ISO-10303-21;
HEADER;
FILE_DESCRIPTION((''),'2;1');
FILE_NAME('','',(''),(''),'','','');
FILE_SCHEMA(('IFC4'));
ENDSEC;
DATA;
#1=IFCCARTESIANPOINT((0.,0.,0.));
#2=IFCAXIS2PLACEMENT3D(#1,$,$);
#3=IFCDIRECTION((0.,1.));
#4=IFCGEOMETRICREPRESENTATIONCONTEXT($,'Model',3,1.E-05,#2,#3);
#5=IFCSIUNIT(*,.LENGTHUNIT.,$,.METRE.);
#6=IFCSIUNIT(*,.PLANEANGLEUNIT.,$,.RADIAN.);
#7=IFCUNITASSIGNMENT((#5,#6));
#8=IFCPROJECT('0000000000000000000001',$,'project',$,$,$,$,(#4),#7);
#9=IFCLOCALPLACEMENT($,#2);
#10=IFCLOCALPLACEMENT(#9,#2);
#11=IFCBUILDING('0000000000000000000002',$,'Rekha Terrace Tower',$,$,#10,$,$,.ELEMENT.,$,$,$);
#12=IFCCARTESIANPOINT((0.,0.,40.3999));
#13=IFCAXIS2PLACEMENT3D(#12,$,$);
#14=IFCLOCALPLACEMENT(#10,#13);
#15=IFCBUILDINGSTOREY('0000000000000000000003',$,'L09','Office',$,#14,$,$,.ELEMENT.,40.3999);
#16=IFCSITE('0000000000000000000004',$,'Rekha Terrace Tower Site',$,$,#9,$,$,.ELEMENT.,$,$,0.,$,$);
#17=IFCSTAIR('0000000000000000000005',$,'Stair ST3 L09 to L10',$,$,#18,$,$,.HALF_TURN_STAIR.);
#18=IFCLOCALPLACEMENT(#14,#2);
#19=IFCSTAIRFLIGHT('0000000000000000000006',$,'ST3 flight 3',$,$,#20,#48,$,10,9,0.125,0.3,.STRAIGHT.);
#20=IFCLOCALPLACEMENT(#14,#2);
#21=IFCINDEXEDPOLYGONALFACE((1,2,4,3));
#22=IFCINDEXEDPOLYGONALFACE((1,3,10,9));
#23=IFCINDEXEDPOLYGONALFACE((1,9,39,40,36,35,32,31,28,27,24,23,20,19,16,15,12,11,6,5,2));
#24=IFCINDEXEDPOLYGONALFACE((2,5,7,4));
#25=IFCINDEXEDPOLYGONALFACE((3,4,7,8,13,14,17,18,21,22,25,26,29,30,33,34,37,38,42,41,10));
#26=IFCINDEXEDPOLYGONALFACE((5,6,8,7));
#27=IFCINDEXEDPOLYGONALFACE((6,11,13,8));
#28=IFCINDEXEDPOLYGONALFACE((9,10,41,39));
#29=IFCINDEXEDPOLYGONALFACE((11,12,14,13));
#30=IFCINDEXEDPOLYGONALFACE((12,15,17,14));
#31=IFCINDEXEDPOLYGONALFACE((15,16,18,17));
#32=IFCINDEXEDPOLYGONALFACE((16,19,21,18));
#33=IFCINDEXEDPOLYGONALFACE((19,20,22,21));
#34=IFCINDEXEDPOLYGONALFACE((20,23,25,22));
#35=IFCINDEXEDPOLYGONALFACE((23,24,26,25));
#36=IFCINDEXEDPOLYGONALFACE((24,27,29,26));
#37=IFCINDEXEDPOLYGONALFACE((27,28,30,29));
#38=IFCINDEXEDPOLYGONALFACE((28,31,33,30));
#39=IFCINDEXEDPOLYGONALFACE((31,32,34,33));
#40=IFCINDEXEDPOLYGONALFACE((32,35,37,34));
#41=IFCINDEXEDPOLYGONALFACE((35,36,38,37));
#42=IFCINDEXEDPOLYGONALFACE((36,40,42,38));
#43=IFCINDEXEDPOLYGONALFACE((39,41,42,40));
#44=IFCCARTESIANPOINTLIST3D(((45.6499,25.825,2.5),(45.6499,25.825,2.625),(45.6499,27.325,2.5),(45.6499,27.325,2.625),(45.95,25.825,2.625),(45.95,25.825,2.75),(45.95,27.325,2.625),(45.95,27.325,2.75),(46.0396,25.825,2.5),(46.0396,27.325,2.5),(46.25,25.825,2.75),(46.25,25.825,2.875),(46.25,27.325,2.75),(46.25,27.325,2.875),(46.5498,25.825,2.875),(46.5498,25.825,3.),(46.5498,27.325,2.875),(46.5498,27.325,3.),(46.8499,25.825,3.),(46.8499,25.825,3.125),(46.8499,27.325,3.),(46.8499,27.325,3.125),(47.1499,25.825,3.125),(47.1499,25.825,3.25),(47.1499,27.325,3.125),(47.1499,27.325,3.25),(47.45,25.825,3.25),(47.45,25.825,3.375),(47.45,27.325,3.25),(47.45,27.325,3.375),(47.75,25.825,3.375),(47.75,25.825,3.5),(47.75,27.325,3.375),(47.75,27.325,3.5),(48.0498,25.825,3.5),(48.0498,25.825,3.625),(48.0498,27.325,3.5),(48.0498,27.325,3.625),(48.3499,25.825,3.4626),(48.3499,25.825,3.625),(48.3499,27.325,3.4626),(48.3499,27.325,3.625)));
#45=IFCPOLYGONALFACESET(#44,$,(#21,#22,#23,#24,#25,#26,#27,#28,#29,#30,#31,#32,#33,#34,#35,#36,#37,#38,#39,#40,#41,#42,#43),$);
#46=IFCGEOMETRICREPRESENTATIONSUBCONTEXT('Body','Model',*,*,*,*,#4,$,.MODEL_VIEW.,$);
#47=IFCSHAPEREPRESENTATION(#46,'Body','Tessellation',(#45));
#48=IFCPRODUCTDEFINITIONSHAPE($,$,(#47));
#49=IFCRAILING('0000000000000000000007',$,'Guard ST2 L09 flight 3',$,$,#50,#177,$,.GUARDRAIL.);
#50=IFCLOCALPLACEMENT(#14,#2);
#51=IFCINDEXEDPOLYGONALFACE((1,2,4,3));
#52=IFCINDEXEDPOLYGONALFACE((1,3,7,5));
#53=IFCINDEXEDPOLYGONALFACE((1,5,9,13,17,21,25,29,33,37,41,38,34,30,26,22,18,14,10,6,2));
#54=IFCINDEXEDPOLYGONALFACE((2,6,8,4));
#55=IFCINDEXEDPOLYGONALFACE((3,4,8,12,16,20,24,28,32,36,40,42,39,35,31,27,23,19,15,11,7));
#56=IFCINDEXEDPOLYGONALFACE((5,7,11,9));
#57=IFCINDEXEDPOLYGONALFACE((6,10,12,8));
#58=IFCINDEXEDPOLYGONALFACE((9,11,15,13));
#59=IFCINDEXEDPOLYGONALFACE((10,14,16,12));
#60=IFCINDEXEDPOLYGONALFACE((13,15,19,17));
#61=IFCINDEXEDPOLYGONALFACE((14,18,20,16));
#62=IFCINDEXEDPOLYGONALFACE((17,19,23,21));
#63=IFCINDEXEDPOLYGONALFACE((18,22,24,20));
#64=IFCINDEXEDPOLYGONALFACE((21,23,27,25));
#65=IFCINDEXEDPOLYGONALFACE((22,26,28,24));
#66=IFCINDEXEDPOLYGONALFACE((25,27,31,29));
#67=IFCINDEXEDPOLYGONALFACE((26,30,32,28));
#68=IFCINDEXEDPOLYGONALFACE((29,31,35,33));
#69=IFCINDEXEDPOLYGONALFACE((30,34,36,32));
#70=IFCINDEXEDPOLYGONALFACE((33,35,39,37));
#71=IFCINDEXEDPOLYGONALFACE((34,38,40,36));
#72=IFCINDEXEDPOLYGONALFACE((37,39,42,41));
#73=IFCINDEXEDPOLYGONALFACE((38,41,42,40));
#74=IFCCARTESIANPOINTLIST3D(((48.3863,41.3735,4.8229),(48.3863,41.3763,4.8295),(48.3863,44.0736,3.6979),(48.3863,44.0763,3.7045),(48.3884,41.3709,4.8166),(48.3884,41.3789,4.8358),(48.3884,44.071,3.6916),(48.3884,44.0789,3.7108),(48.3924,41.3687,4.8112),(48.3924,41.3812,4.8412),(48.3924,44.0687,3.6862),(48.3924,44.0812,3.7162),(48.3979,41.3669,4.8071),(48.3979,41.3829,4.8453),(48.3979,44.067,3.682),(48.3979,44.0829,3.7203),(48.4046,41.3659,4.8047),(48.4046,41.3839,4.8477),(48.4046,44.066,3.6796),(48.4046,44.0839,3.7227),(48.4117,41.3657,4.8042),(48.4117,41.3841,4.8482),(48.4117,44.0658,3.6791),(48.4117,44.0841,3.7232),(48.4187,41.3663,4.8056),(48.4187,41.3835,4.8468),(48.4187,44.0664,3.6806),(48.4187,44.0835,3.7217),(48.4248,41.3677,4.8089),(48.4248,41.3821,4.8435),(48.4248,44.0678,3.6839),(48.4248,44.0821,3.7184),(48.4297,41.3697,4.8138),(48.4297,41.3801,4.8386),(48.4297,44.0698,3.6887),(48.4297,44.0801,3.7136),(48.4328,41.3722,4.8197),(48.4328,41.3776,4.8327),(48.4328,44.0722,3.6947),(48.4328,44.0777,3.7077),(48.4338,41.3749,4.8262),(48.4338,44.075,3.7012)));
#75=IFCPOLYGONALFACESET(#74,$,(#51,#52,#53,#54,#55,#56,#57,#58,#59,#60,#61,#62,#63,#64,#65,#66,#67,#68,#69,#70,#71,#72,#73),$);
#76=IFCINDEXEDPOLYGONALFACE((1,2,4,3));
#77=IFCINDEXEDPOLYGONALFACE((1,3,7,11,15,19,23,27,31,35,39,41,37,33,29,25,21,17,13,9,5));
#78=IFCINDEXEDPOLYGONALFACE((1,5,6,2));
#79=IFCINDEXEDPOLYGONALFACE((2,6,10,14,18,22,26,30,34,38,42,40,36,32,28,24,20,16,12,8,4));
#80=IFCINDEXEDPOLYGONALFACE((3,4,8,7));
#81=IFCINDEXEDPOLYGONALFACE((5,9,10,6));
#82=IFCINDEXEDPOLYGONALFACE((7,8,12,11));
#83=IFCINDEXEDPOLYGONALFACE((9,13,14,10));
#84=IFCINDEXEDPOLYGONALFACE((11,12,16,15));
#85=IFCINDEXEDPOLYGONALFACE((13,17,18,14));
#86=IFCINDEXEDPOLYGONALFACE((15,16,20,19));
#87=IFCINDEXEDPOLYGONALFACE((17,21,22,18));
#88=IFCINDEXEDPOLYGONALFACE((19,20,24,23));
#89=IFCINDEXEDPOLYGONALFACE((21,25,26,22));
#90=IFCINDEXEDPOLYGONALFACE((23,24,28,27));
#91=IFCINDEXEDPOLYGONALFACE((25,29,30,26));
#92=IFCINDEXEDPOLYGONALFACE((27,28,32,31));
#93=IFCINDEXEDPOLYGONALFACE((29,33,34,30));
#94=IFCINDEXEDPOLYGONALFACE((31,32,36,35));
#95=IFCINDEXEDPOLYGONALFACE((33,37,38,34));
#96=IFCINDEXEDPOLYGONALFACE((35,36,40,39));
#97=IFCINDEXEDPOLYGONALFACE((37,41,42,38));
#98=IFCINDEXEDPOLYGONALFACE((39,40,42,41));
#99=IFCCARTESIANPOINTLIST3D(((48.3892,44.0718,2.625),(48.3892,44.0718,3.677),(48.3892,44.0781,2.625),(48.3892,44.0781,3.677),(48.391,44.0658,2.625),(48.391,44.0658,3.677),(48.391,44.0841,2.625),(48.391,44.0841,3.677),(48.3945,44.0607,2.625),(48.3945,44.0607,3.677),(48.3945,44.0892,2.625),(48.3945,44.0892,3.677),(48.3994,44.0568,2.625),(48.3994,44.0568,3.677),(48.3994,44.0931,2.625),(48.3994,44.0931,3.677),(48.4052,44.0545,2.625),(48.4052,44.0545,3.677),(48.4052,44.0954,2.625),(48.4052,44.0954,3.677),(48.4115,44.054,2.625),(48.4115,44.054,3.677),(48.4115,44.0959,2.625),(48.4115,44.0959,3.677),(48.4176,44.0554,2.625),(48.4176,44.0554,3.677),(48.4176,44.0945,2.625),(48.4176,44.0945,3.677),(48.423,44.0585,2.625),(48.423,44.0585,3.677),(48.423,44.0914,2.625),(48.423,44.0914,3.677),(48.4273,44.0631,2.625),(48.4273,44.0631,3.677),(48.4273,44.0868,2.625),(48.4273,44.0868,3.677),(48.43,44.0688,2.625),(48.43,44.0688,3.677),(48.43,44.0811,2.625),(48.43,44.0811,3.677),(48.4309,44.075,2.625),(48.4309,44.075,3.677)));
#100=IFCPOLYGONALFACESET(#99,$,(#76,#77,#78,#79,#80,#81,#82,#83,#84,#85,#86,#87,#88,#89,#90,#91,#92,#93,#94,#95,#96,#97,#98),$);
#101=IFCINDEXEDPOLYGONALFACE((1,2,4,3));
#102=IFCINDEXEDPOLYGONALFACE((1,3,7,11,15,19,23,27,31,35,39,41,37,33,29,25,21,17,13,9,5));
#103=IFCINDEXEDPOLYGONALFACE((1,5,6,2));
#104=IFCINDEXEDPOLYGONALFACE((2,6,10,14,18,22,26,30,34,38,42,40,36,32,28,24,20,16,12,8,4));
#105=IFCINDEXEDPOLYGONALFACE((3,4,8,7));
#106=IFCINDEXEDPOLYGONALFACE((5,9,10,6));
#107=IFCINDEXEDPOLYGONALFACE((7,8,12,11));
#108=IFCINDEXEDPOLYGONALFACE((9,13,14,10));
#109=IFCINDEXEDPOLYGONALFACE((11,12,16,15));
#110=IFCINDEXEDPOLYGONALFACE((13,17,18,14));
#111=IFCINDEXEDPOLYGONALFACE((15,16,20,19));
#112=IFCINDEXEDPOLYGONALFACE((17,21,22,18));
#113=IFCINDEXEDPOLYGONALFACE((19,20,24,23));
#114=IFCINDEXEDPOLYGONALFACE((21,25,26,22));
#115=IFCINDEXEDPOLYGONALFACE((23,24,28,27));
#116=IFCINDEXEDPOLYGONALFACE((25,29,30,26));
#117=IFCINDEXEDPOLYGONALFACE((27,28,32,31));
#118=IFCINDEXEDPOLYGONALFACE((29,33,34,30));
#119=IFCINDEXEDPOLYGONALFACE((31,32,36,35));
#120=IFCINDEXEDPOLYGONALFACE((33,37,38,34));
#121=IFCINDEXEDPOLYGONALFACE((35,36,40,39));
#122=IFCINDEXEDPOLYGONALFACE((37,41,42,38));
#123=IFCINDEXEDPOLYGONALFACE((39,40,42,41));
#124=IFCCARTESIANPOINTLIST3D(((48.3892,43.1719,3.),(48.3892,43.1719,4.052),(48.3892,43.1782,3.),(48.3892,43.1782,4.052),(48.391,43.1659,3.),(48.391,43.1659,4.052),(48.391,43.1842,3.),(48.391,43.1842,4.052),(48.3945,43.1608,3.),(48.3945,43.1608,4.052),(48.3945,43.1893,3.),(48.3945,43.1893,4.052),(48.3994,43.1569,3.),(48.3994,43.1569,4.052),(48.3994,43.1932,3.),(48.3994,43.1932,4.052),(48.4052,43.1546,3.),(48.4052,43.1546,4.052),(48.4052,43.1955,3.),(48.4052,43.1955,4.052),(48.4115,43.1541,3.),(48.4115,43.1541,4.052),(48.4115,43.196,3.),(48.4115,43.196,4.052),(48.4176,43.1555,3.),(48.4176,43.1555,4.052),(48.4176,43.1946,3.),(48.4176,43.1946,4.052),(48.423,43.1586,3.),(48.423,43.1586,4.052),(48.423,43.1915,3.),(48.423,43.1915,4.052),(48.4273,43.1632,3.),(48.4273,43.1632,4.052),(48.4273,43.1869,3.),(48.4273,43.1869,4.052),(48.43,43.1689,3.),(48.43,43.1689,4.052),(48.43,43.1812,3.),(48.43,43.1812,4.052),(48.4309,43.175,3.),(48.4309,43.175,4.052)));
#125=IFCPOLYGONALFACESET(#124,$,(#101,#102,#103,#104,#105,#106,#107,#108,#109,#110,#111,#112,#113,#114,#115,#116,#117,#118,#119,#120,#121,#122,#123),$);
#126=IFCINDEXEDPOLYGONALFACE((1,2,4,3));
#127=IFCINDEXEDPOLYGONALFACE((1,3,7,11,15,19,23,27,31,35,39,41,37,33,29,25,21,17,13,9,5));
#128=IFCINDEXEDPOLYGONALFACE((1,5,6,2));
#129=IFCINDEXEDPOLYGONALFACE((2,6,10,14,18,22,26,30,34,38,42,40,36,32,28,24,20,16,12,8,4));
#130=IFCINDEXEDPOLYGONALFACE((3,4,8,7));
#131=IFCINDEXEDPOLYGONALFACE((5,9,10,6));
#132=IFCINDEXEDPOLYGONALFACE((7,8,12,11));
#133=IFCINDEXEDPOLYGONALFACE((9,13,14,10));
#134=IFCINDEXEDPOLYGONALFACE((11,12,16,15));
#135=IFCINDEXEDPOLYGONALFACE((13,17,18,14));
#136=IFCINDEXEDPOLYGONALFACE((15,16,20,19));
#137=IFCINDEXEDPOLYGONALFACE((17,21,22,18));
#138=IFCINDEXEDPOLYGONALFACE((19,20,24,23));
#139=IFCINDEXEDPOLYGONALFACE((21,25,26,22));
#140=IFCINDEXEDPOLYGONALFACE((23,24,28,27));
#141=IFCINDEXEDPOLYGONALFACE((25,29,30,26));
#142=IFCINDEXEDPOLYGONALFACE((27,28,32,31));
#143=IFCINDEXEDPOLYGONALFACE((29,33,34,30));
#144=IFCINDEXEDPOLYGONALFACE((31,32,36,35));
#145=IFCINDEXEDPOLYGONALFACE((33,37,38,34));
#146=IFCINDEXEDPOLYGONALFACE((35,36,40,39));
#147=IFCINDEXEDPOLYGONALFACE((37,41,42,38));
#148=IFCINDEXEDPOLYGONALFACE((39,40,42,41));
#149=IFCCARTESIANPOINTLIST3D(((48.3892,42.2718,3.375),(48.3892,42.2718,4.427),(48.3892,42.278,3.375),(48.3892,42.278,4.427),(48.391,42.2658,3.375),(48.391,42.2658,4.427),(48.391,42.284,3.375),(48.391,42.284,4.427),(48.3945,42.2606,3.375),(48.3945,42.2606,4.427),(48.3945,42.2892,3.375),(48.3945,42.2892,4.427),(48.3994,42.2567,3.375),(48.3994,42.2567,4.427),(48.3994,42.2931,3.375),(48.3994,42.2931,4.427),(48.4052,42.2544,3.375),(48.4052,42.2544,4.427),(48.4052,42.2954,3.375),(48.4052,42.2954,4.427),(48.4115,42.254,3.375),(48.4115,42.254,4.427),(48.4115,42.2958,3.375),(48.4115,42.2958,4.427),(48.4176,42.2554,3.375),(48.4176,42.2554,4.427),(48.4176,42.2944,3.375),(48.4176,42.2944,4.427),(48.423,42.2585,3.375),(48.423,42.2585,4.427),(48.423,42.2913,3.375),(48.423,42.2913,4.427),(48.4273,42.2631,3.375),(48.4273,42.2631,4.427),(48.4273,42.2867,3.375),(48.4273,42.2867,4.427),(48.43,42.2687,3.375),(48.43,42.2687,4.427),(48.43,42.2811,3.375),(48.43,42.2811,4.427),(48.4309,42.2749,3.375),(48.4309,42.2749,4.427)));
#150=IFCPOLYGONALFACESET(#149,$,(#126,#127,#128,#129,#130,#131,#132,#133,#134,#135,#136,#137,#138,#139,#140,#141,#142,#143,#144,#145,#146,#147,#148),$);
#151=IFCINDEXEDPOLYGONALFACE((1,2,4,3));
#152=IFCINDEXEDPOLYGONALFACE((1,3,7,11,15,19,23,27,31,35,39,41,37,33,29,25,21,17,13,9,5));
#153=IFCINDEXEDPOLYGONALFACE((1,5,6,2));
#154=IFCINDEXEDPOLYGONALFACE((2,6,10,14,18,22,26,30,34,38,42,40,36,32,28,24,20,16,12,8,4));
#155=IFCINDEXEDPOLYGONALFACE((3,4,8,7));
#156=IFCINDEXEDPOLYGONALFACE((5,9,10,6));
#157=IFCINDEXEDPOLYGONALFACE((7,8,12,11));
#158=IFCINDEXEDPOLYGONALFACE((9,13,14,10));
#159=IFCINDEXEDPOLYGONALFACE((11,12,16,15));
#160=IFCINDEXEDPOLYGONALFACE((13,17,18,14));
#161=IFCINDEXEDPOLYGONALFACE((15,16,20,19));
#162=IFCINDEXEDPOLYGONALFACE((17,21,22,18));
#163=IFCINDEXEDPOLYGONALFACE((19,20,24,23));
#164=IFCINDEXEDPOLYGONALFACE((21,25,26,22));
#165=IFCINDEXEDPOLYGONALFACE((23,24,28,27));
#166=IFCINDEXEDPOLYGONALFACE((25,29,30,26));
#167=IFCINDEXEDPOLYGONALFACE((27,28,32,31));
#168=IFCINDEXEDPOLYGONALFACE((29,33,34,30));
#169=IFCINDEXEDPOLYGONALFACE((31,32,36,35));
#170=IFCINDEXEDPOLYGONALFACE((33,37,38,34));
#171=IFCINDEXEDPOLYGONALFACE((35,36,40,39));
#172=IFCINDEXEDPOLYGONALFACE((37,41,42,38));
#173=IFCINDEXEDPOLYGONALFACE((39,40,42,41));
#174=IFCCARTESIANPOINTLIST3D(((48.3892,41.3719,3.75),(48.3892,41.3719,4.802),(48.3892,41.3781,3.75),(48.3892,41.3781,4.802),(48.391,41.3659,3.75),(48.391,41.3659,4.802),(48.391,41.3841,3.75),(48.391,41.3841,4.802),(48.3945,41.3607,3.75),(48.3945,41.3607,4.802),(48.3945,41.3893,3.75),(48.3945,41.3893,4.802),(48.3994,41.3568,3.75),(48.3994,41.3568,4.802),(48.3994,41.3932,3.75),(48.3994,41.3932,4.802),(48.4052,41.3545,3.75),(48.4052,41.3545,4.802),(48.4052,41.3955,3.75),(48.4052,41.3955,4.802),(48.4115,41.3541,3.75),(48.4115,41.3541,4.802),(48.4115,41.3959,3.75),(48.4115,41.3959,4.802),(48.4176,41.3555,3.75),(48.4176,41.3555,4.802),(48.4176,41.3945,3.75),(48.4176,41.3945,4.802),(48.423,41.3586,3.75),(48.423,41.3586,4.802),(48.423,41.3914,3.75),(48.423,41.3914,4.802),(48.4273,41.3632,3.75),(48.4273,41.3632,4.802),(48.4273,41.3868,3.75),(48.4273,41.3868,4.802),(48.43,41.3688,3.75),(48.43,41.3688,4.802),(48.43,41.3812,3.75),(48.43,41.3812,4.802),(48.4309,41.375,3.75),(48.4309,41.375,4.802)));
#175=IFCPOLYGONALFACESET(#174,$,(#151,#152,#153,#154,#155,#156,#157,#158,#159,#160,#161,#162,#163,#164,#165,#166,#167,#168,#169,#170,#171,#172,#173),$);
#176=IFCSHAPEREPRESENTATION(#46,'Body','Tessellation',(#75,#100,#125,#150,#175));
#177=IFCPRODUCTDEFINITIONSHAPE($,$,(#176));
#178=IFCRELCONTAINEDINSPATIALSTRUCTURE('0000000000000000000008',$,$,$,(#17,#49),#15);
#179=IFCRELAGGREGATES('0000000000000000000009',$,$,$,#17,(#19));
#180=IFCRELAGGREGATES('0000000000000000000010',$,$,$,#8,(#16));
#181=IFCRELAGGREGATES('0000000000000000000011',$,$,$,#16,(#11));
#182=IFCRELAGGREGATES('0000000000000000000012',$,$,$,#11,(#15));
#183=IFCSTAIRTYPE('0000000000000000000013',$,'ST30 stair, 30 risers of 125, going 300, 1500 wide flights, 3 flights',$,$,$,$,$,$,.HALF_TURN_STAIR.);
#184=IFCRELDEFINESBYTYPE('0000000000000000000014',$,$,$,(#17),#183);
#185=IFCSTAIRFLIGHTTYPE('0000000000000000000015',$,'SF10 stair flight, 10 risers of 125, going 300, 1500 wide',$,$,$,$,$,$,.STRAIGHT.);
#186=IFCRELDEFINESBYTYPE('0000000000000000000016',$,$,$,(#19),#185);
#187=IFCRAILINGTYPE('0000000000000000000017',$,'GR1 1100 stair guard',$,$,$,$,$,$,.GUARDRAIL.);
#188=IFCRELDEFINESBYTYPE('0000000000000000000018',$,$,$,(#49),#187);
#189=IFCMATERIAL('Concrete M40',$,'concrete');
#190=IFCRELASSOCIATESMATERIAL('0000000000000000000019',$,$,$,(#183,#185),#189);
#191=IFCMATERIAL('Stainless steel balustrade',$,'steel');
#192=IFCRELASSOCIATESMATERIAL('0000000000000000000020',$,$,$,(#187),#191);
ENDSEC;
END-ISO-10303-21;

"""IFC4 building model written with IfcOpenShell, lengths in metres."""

from ifc_helpers import new_model, si_unit, direction, frame, origin, origin_2d, place, context, subcontext, project, spatial, polyline, circle, outline, extrude, material, type_object, element, aggregate, save


model = new_model("IFC4")

# Units and contexts
model_context = context("Model", 3, precision=1e-05, world=origin(), true_north=direction((0.0, 1.0)))
body_context = subcontext(model_context, "Body", "Model", "MODEL_VIEW")
ifc_project = project(units=[si_unit("LENGTHUNIT", "METRE"), si_unit("PLANEANGLEUNIT", "RADIAN")], contexts=[model_context])

# Site, building, storey
site_placement = place(None, origin())
site = spatial("IfcSite", under=ifc_project, at=site_placement, Name="Rekha Terrace Tower Site", CompositionType="ELEMENT", RefElevation=0.0)
building_placement = place(site_placement, origin())
building = spatial("IfcBuilding", under=site, at=building_placement, Name="Rekha Terrace Tower", CompositionType="ELEMENT")
storey_placement = place(building_placement, frame((0.0, 0.0, 40.3999)))
storey = spatial("IfcBuildingStorey", under=building, at=storey_placement, Name="L09", Description="Office", CompositionType="ELEMENT", Elevation=40.3999)

# Shared definitions
ifc_material_1 = material(Name="Concrete M40", Category="concrete")
stair_type = type_object("IfcStairType", Name="ST30 stair, 30 risers of 125, going 300, 1500 wide flights, 3 flights", PredefinedType="HALF_TURN_STAIR", material=ifc_material_1)
stair_flight_type = type_object("IfcStairFlightType", Name="SF10 stair flight, 10 risers of 125, going 300, 1500 wide", PredefinedType="STRAIGHT", material=ifc_material_1)

# Stair, stair flight
stair_1_placement = place(storey_placement, origin())
stair_1 = element("IfcStair", 1, at=stair_1_placement, inside=storey, type_object=stair_type, Name="Stair ST3 L09 to L10", PredefinedType="HALF_TURN_STAIR")
stair_flight_1_placement = place(storey_placement, frame((45.6499, 26.575, 2.5), z_axis=(0.0, 0.0, 1.0), x_axis=(1.0, 0.0, 0.0)))
stair_flight_1 = element("IfcStairFlight", 2, at=stair_flight_1_placement, type_object=stair_flight_type, Name="ST3 flight 3", NumberOfRisers=10, NumberOfTreads=9, PredefinedType="STRAIGHT", RiserHeight=0.125, TreadLength=0.3, context=body_context, shape_type="SweptSolid", body=[
    extrude(outline(polyline([(0.0, 0.0), (0.0, 0.125), (0.3, 0.125), (0.3, 0.25), (0.6001, 0.25), (0.6001, 0.375), (0.8999, 0.375), (0.8999, 0.5), (1.2, 0.5), (1.2, 0.625), (1.5, 0.625), (1.5, 0.75), (1.8, 0.75), (1.8, 0.875), (2.1001, 0.875), (2.1001, 1.0), (2.3999, 1.0), (2.3999, 1.125), (2.7, 1.125), (2.7, 1.25), (2.7, 0.9626), (0.3896, 0.0), (0.0, 0.0)])), frame((0.0, 0.75, 0.0), z_axis=(0.0, -1.0, 0.0), x_axis=(1.0, 0.0, 0.0)), (0.0, 0.0, 1.0), 1.5),
])
aggregate(stair_1, [stair_flight_1])

# Railing
ifc_material_2 = material(Name="Stainless steel balustrade", Category="steel")
railing_type_1 = type_object("IfcRailingType", Name="GR1 1100 stair guard", PredefinedType="GUARDRAIL", material=ifc_material_2)
railing_1_placement = place(storey_placement, frame((48.4099, 44.075, 2.625)))
element("IfcRailing", 3, at=railing_1_placement, inside=storey, type_object=railing_type_1, Name="Guard ST2 L09 flight 3", PredefinedType="GUARDRAIL", context=body_context, shape_type="SweptSolid", body=[
    extrude(circle(Radius=0.0239, at=origin_2d()), frame((0.0, 0.0, 1.0762), z_axis=(0.0, -0.923074, 0.384621), x_axis=(1.0, 0.0, 0.0)), (0.0, 0.0, 1.0), 2.925),
    extrude(circle(Radius=0.021, at=origin_2d()), origin(), (0.0, 0.0, 1.0), 1.052),
    extrude(circle(Radius=0.021, at=origin_2d()), frame((0.0, -0.8999, 0.375)), (0.0, 0.0, 1.0), 1.052),
    extrude(circle(Radius=0.021, at=origin_2d()), frame((0.0, -1.8, 0.75)), (0.0, 0.0, 1.0), 1.052),
    extrude(circle(Radius=0.021, at=origin_2d()), frame((0.0, -2.7, 1.125)), (0.0, 0.0, 1.0), 1.052),
])

save(model, "model.ifc")
